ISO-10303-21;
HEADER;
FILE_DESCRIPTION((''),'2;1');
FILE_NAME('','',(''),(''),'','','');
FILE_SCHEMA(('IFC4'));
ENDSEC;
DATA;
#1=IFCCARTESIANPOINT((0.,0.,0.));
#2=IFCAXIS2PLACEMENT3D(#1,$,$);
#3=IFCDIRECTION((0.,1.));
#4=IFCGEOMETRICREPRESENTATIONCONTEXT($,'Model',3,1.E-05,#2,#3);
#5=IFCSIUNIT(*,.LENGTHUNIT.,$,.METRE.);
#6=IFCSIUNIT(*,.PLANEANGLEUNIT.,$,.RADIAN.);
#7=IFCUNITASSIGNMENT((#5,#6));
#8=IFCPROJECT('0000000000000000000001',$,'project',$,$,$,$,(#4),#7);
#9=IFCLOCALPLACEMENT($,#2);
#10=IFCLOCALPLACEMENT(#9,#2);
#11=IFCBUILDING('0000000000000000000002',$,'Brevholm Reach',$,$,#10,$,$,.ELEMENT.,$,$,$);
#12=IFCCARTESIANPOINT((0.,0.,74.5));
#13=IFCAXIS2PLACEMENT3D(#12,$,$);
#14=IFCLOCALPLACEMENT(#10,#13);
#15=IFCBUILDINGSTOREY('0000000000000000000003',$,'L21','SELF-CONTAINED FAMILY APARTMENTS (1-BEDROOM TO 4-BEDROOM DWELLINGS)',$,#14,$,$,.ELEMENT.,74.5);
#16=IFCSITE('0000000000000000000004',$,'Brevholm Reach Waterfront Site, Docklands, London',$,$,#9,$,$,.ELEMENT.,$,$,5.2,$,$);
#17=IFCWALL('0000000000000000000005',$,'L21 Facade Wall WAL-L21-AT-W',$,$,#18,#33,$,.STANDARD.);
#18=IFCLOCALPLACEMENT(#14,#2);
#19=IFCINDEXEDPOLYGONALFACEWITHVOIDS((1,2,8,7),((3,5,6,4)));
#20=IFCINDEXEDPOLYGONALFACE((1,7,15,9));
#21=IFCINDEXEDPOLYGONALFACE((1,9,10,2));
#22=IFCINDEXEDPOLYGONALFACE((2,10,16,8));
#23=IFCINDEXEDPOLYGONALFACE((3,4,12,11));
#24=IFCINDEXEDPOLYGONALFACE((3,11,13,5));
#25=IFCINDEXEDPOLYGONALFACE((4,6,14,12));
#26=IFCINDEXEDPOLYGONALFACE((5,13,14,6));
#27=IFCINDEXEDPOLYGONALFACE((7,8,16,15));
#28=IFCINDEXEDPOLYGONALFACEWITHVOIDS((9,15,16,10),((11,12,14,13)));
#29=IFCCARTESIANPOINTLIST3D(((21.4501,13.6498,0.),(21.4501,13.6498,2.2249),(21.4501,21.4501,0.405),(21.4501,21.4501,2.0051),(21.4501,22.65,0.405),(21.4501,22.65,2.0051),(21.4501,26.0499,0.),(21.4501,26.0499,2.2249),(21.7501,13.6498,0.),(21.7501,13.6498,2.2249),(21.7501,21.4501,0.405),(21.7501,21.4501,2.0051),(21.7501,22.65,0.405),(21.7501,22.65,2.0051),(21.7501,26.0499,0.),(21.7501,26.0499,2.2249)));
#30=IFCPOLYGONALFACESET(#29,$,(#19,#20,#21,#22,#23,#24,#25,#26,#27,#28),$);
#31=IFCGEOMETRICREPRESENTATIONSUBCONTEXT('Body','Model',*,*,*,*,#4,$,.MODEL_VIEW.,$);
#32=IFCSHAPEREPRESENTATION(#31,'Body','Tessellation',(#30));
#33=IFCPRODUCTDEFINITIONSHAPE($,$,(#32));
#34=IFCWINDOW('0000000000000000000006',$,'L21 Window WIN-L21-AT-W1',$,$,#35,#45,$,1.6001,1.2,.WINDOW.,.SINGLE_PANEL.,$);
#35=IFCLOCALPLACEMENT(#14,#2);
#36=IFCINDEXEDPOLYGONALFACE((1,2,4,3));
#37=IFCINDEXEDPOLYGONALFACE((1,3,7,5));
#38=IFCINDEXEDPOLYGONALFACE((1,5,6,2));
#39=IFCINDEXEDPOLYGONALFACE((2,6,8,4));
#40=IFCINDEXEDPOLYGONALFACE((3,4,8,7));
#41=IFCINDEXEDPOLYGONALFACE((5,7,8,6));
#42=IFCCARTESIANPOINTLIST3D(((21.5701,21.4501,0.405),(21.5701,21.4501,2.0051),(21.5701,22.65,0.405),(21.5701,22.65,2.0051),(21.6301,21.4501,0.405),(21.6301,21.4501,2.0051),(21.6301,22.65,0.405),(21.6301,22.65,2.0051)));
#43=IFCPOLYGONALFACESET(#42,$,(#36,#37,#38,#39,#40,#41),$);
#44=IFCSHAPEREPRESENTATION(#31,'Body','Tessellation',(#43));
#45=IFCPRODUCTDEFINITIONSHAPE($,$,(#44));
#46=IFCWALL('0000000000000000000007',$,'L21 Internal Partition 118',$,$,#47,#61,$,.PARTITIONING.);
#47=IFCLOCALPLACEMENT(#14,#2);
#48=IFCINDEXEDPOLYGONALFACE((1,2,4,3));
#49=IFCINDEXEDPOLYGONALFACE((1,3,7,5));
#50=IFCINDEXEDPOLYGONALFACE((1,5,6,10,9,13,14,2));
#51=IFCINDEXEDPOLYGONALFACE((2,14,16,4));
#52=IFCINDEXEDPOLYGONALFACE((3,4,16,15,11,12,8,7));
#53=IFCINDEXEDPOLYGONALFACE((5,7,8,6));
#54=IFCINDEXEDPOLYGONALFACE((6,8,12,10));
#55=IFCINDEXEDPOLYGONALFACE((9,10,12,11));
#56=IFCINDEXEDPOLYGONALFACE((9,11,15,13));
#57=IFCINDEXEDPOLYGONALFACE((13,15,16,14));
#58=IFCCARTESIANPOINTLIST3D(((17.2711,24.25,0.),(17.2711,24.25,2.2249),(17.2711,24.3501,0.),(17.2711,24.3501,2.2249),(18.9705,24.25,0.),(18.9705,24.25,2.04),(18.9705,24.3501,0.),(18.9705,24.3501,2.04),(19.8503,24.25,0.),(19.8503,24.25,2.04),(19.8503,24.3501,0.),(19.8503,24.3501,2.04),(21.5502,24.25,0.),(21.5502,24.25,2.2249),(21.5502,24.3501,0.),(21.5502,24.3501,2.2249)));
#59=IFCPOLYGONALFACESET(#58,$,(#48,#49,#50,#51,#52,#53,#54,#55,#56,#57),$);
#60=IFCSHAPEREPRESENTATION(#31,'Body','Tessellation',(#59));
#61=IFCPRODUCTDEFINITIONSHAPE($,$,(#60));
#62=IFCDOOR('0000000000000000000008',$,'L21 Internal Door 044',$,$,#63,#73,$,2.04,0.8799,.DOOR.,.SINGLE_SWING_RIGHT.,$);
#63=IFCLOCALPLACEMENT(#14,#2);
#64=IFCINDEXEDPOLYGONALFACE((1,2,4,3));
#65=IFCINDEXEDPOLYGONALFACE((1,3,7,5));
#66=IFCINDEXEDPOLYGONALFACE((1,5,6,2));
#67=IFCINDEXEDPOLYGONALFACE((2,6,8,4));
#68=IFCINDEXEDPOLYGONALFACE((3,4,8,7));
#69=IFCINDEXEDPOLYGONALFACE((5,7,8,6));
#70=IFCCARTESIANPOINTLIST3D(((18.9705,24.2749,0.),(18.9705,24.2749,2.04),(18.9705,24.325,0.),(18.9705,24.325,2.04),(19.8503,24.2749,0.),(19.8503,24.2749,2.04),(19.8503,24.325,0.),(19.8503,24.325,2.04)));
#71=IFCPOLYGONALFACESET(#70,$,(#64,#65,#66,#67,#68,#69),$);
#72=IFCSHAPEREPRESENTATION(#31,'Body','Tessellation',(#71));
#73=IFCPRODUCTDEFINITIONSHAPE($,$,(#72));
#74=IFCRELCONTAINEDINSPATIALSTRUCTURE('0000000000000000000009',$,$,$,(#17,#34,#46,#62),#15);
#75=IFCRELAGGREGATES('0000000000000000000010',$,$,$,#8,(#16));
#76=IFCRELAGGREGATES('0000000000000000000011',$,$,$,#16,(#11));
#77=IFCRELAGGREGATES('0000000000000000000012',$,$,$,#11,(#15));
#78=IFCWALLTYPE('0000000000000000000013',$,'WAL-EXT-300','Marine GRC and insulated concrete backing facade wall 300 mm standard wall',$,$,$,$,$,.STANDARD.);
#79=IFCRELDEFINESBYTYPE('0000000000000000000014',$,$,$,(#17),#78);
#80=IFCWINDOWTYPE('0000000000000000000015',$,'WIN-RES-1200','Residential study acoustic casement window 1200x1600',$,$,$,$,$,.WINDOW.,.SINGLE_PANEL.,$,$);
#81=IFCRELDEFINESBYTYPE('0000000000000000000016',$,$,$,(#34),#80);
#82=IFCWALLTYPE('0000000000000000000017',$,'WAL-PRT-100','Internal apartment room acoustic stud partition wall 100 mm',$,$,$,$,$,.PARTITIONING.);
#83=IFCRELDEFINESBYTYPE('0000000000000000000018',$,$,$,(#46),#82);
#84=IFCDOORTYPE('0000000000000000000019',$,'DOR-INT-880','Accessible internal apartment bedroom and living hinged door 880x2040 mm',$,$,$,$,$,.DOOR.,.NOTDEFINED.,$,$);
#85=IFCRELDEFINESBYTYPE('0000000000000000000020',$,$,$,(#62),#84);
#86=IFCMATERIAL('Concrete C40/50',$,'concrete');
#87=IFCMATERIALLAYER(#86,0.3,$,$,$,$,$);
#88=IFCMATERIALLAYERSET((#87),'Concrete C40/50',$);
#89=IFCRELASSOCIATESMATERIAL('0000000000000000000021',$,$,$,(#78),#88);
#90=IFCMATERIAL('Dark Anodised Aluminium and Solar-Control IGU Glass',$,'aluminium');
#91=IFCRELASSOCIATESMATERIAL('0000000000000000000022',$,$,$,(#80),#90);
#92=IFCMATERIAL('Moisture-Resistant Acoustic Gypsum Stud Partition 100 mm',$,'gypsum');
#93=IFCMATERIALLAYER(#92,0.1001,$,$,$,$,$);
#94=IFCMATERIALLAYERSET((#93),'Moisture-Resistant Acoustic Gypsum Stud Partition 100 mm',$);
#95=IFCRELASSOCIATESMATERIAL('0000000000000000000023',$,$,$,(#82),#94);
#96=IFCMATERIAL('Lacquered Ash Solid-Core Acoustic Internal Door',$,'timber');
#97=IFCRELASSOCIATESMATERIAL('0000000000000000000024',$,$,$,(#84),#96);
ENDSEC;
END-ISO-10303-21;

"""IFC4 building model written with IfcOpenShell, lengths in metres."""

from ifc_helpers import new_model, si_unit, direction, frame, frame_2d, origin, place, context, subcontext, project, spatial, rectangle, extrude, material, layer, layer_set, type_object, element, fill, save


model = new_model("IFC4")

# Units and contexts
model_context = context("Model", 3, precision=1e-05, world=origin(), true_north=direction((0.0, 1.0)))
body_context = subcontext(model_context, "Body", "Model", "MODEL_VIEW")
ifc_project = project(units=[si_unit("LENGTHUNIT", "METRE"), si_unit("PLANEANGLEUNIT", "RADIAN")], contexts=[model_context])

# Site, building, storey
site_placement = place(None, origin())
site = spatial("IfcSite", under=ifc_project, at=site_placement, Name="Brevholm Reach Waterfront Site, Docklands, London", CompositionType="ELEMENT", RefElevation=5.2)
building_placement = place(site_placement, origin())
building = spatial("IfcBuilding", under=site, at=building_placement, Name="Brevholm Reach", CompositionType="ELEMENT")
storey_placement = place(building_placement, frame((0.0, 0.0, 74.5)))
storey = spatial("IfcBuildingStorey", under=building, at=storey_placement, Name="L21", Description="SELF-CONTAINED FAMILY APARTMENTS (1-BEDROOM TO 4-BEDROOM DWELLINGS)", CompositionType="ELEMENT", Elevation=74.5)

# Wall, opening, window
ifc_material_1 = material(Name="Concrete C40/50", Category="concrete")
ifc_layer_1 = layer(ifc_material_1, 0.3)
ifc_layer_set_1 = layer_set([ifc_layer_1], Name="Concrete C40/50")
wall_type_1 = type_object("IfcWallType", Name="WAL-EXT-300", Description="Marine GRC and insulated concrete backing facade wall 300 mm standard wall", PredefinedType="STANDARD", material=ifc_layer_set_1)
wall_1_placement = place(storey_placement, frame((21.6001, 26.05, 0.0), z_axis=(0.0, 0.0, 1.0), x_axis=(0.0, -1.0, 0.0)))
wall_1 = element("IfcWall", 1, at=wall_1_placement, inside=storey, type_object=wall_type_1, Name="L21 Facade Wall WAL-L21-AT-W", PredefinedType="STANDARD", context=body_context, shape_type="SweptSolid", body=[
    extrude(rectangle(XDim=12.4001, YDim=0.3, at=frame_2d((6.2002, 0.0))), origin(), (0.0, 0.0, 1.0), 2.2249),
])
opening_1_placement = place(wall_1_placement, frame((3.3999, 0.0, 0.405)))
opening_1 = element("IfcOpeningElement", 2, at=opening_1_placement, cuts=wall_1, PredefinedType="OPENING", context=body_context, shape_type="SweptSolid", body=[
    extrude(rectangle(XDim=1.2, YDim=1.6001, at=frame_2d((0.6001, 0.8))), frame((0.0, 0.1599, 0.0), z_axis=(0.0, -1.0, 0.0), x_axis=(1.0, 0.0, 0.0)), (0.0, 0.0, 1.0), 0.3201),
])
ifc_material_2 = material(Name="Dark Anodised Aluminium and Solar-Control IGU Glass", Category="aluminium")
window_type = type_object("IfcWindowType", Name="WIN-RES-1200", Description="Residential study acoustic casement window 1200x1600", PartitioningType="SINGLE_PANEL", PredefinedType="WINDOW", material=ifc_material_2)
window_placement = place(opening_1_placement, origin())
window = element("IfcWindow", 3, at=window_placement, inside=storey, type_object=window_type, Name="L21 Window WIN-L21-AT-W1", OverallHeight=1.6001, OverallWidth=1.2, PartitioningType="SINGLE_PANEL", PredefinedType="WINDOW", context=body_context, shape_type="SweptSolid", body=[
    extrude(rectangle(XDim=1.2, YDim=1.6001, at=frame_2d((0.6001, 0.8))), frame((0.0, 0.03, 0.0), z_axis=(0.0, -1.0, 0.0), x_axis=(1.0, 0.0, 0.0)), (0.0, 0.0, 1.0), 0.0601),
])
fill(opening_1, window)

# Wall, opening, door
ifc_material_3 = material(Name="Moisture-Resistant Acoustic Gypsum Stud Partition 100 mm", Category="gypsum")
ifc_layer_2 = layer(ifc_material_3, 0.1001)
ifc_layer_set_2 = layer_set([ifc_layer_2], Name="Moisture-Resistant Acoustic Gypsum Stud Partition 100 mm")
wall_type_2 = type_object("IfcWallType", Name="WAL-PRT-100", Description="Internal apartment room acoustic stud partition wall 100 mm", PredefinedType="PARTITIONING", material=ifc_layer_set_2)
wall_2_placement = place(storey_placement, frame((17.271, 24.3, 0.0), z_axis=(0.0, 0.0, 1.0), x_axis=(1.0, 0.0, 0.0)))
wall_2 = element("IfcWall", 4, at=wall_2_placement, inside=storey, type_object=wall_type_2, Name="L21 Internal Partition 118", PredefinedType="PARTITIONING", context=body_context, shape_type="SweptSolid", body=[
    extrude(rectangle(XDim=4.2791, YDim=0.1001, at=frame_2d((2.1396, 0.0))), origin(), (0.0, 0.0, 1.0), 2.2249),
])
opening_2_placement = place(wall_2_placement, frame((1.6995, 0.0, 0.0)))
opening_2 = element("IfcOpeningElement", 5, at=opening_2_placement, cuts=wall_2, PredefinedType="OPENING", context=body_context, shape_type="SweptSolid", body=[
    extrude(rectangle(XDim=0.8799, YDim=2.04, at=frame_2d((0.4399, 1.02))), frame((0.0, 0.0601, 0.0), z_axis=(0.0, -1.0, 0.0), x_axis=(1.0, 0.0, 0.0)), (0.0, 0.0, 1.0), 0.1201),
])
ifc_material_4 = material(Name="Lacquered Ash Solid-Core Acoustic Internal Door", Category="timber")
door_type = type_object("IfcDoorType", Name="DOR-INT-880", Description="Accessible internal apartment bedroom and living hinged door 880x2040 mm", OperationType="NOTDEFINED", PredefinedType="DOOR", material=ifc_material_4)
door_placement = place(opening_2_placement, origin())
door = element("IfcDoor", 6, at=door_placement, inside=storey, type_object=door_type, Name="L21 Internal Door 044", OperationType="SINGLE_SWING_RIGHT", OverallHeight=2.04, OverallWidth=0.8799, PredefinedType="DOOR", context=body_context, shape_type="SweptSolid", body=[
    extrude(rectangle(XDim=0.8799, YDim=2.04, at=frame_2d((0.4399, 1.02))), frame((0.0, 0.0249, 0.0), z_axis=(0.0, -1.0, 0.0), x_axis=(1.0, 0.0, 0.0)), (0.0, 0.0, 1.0), 0.05),
])
fill(opening_2, door)

save(model, "model.ifc")
